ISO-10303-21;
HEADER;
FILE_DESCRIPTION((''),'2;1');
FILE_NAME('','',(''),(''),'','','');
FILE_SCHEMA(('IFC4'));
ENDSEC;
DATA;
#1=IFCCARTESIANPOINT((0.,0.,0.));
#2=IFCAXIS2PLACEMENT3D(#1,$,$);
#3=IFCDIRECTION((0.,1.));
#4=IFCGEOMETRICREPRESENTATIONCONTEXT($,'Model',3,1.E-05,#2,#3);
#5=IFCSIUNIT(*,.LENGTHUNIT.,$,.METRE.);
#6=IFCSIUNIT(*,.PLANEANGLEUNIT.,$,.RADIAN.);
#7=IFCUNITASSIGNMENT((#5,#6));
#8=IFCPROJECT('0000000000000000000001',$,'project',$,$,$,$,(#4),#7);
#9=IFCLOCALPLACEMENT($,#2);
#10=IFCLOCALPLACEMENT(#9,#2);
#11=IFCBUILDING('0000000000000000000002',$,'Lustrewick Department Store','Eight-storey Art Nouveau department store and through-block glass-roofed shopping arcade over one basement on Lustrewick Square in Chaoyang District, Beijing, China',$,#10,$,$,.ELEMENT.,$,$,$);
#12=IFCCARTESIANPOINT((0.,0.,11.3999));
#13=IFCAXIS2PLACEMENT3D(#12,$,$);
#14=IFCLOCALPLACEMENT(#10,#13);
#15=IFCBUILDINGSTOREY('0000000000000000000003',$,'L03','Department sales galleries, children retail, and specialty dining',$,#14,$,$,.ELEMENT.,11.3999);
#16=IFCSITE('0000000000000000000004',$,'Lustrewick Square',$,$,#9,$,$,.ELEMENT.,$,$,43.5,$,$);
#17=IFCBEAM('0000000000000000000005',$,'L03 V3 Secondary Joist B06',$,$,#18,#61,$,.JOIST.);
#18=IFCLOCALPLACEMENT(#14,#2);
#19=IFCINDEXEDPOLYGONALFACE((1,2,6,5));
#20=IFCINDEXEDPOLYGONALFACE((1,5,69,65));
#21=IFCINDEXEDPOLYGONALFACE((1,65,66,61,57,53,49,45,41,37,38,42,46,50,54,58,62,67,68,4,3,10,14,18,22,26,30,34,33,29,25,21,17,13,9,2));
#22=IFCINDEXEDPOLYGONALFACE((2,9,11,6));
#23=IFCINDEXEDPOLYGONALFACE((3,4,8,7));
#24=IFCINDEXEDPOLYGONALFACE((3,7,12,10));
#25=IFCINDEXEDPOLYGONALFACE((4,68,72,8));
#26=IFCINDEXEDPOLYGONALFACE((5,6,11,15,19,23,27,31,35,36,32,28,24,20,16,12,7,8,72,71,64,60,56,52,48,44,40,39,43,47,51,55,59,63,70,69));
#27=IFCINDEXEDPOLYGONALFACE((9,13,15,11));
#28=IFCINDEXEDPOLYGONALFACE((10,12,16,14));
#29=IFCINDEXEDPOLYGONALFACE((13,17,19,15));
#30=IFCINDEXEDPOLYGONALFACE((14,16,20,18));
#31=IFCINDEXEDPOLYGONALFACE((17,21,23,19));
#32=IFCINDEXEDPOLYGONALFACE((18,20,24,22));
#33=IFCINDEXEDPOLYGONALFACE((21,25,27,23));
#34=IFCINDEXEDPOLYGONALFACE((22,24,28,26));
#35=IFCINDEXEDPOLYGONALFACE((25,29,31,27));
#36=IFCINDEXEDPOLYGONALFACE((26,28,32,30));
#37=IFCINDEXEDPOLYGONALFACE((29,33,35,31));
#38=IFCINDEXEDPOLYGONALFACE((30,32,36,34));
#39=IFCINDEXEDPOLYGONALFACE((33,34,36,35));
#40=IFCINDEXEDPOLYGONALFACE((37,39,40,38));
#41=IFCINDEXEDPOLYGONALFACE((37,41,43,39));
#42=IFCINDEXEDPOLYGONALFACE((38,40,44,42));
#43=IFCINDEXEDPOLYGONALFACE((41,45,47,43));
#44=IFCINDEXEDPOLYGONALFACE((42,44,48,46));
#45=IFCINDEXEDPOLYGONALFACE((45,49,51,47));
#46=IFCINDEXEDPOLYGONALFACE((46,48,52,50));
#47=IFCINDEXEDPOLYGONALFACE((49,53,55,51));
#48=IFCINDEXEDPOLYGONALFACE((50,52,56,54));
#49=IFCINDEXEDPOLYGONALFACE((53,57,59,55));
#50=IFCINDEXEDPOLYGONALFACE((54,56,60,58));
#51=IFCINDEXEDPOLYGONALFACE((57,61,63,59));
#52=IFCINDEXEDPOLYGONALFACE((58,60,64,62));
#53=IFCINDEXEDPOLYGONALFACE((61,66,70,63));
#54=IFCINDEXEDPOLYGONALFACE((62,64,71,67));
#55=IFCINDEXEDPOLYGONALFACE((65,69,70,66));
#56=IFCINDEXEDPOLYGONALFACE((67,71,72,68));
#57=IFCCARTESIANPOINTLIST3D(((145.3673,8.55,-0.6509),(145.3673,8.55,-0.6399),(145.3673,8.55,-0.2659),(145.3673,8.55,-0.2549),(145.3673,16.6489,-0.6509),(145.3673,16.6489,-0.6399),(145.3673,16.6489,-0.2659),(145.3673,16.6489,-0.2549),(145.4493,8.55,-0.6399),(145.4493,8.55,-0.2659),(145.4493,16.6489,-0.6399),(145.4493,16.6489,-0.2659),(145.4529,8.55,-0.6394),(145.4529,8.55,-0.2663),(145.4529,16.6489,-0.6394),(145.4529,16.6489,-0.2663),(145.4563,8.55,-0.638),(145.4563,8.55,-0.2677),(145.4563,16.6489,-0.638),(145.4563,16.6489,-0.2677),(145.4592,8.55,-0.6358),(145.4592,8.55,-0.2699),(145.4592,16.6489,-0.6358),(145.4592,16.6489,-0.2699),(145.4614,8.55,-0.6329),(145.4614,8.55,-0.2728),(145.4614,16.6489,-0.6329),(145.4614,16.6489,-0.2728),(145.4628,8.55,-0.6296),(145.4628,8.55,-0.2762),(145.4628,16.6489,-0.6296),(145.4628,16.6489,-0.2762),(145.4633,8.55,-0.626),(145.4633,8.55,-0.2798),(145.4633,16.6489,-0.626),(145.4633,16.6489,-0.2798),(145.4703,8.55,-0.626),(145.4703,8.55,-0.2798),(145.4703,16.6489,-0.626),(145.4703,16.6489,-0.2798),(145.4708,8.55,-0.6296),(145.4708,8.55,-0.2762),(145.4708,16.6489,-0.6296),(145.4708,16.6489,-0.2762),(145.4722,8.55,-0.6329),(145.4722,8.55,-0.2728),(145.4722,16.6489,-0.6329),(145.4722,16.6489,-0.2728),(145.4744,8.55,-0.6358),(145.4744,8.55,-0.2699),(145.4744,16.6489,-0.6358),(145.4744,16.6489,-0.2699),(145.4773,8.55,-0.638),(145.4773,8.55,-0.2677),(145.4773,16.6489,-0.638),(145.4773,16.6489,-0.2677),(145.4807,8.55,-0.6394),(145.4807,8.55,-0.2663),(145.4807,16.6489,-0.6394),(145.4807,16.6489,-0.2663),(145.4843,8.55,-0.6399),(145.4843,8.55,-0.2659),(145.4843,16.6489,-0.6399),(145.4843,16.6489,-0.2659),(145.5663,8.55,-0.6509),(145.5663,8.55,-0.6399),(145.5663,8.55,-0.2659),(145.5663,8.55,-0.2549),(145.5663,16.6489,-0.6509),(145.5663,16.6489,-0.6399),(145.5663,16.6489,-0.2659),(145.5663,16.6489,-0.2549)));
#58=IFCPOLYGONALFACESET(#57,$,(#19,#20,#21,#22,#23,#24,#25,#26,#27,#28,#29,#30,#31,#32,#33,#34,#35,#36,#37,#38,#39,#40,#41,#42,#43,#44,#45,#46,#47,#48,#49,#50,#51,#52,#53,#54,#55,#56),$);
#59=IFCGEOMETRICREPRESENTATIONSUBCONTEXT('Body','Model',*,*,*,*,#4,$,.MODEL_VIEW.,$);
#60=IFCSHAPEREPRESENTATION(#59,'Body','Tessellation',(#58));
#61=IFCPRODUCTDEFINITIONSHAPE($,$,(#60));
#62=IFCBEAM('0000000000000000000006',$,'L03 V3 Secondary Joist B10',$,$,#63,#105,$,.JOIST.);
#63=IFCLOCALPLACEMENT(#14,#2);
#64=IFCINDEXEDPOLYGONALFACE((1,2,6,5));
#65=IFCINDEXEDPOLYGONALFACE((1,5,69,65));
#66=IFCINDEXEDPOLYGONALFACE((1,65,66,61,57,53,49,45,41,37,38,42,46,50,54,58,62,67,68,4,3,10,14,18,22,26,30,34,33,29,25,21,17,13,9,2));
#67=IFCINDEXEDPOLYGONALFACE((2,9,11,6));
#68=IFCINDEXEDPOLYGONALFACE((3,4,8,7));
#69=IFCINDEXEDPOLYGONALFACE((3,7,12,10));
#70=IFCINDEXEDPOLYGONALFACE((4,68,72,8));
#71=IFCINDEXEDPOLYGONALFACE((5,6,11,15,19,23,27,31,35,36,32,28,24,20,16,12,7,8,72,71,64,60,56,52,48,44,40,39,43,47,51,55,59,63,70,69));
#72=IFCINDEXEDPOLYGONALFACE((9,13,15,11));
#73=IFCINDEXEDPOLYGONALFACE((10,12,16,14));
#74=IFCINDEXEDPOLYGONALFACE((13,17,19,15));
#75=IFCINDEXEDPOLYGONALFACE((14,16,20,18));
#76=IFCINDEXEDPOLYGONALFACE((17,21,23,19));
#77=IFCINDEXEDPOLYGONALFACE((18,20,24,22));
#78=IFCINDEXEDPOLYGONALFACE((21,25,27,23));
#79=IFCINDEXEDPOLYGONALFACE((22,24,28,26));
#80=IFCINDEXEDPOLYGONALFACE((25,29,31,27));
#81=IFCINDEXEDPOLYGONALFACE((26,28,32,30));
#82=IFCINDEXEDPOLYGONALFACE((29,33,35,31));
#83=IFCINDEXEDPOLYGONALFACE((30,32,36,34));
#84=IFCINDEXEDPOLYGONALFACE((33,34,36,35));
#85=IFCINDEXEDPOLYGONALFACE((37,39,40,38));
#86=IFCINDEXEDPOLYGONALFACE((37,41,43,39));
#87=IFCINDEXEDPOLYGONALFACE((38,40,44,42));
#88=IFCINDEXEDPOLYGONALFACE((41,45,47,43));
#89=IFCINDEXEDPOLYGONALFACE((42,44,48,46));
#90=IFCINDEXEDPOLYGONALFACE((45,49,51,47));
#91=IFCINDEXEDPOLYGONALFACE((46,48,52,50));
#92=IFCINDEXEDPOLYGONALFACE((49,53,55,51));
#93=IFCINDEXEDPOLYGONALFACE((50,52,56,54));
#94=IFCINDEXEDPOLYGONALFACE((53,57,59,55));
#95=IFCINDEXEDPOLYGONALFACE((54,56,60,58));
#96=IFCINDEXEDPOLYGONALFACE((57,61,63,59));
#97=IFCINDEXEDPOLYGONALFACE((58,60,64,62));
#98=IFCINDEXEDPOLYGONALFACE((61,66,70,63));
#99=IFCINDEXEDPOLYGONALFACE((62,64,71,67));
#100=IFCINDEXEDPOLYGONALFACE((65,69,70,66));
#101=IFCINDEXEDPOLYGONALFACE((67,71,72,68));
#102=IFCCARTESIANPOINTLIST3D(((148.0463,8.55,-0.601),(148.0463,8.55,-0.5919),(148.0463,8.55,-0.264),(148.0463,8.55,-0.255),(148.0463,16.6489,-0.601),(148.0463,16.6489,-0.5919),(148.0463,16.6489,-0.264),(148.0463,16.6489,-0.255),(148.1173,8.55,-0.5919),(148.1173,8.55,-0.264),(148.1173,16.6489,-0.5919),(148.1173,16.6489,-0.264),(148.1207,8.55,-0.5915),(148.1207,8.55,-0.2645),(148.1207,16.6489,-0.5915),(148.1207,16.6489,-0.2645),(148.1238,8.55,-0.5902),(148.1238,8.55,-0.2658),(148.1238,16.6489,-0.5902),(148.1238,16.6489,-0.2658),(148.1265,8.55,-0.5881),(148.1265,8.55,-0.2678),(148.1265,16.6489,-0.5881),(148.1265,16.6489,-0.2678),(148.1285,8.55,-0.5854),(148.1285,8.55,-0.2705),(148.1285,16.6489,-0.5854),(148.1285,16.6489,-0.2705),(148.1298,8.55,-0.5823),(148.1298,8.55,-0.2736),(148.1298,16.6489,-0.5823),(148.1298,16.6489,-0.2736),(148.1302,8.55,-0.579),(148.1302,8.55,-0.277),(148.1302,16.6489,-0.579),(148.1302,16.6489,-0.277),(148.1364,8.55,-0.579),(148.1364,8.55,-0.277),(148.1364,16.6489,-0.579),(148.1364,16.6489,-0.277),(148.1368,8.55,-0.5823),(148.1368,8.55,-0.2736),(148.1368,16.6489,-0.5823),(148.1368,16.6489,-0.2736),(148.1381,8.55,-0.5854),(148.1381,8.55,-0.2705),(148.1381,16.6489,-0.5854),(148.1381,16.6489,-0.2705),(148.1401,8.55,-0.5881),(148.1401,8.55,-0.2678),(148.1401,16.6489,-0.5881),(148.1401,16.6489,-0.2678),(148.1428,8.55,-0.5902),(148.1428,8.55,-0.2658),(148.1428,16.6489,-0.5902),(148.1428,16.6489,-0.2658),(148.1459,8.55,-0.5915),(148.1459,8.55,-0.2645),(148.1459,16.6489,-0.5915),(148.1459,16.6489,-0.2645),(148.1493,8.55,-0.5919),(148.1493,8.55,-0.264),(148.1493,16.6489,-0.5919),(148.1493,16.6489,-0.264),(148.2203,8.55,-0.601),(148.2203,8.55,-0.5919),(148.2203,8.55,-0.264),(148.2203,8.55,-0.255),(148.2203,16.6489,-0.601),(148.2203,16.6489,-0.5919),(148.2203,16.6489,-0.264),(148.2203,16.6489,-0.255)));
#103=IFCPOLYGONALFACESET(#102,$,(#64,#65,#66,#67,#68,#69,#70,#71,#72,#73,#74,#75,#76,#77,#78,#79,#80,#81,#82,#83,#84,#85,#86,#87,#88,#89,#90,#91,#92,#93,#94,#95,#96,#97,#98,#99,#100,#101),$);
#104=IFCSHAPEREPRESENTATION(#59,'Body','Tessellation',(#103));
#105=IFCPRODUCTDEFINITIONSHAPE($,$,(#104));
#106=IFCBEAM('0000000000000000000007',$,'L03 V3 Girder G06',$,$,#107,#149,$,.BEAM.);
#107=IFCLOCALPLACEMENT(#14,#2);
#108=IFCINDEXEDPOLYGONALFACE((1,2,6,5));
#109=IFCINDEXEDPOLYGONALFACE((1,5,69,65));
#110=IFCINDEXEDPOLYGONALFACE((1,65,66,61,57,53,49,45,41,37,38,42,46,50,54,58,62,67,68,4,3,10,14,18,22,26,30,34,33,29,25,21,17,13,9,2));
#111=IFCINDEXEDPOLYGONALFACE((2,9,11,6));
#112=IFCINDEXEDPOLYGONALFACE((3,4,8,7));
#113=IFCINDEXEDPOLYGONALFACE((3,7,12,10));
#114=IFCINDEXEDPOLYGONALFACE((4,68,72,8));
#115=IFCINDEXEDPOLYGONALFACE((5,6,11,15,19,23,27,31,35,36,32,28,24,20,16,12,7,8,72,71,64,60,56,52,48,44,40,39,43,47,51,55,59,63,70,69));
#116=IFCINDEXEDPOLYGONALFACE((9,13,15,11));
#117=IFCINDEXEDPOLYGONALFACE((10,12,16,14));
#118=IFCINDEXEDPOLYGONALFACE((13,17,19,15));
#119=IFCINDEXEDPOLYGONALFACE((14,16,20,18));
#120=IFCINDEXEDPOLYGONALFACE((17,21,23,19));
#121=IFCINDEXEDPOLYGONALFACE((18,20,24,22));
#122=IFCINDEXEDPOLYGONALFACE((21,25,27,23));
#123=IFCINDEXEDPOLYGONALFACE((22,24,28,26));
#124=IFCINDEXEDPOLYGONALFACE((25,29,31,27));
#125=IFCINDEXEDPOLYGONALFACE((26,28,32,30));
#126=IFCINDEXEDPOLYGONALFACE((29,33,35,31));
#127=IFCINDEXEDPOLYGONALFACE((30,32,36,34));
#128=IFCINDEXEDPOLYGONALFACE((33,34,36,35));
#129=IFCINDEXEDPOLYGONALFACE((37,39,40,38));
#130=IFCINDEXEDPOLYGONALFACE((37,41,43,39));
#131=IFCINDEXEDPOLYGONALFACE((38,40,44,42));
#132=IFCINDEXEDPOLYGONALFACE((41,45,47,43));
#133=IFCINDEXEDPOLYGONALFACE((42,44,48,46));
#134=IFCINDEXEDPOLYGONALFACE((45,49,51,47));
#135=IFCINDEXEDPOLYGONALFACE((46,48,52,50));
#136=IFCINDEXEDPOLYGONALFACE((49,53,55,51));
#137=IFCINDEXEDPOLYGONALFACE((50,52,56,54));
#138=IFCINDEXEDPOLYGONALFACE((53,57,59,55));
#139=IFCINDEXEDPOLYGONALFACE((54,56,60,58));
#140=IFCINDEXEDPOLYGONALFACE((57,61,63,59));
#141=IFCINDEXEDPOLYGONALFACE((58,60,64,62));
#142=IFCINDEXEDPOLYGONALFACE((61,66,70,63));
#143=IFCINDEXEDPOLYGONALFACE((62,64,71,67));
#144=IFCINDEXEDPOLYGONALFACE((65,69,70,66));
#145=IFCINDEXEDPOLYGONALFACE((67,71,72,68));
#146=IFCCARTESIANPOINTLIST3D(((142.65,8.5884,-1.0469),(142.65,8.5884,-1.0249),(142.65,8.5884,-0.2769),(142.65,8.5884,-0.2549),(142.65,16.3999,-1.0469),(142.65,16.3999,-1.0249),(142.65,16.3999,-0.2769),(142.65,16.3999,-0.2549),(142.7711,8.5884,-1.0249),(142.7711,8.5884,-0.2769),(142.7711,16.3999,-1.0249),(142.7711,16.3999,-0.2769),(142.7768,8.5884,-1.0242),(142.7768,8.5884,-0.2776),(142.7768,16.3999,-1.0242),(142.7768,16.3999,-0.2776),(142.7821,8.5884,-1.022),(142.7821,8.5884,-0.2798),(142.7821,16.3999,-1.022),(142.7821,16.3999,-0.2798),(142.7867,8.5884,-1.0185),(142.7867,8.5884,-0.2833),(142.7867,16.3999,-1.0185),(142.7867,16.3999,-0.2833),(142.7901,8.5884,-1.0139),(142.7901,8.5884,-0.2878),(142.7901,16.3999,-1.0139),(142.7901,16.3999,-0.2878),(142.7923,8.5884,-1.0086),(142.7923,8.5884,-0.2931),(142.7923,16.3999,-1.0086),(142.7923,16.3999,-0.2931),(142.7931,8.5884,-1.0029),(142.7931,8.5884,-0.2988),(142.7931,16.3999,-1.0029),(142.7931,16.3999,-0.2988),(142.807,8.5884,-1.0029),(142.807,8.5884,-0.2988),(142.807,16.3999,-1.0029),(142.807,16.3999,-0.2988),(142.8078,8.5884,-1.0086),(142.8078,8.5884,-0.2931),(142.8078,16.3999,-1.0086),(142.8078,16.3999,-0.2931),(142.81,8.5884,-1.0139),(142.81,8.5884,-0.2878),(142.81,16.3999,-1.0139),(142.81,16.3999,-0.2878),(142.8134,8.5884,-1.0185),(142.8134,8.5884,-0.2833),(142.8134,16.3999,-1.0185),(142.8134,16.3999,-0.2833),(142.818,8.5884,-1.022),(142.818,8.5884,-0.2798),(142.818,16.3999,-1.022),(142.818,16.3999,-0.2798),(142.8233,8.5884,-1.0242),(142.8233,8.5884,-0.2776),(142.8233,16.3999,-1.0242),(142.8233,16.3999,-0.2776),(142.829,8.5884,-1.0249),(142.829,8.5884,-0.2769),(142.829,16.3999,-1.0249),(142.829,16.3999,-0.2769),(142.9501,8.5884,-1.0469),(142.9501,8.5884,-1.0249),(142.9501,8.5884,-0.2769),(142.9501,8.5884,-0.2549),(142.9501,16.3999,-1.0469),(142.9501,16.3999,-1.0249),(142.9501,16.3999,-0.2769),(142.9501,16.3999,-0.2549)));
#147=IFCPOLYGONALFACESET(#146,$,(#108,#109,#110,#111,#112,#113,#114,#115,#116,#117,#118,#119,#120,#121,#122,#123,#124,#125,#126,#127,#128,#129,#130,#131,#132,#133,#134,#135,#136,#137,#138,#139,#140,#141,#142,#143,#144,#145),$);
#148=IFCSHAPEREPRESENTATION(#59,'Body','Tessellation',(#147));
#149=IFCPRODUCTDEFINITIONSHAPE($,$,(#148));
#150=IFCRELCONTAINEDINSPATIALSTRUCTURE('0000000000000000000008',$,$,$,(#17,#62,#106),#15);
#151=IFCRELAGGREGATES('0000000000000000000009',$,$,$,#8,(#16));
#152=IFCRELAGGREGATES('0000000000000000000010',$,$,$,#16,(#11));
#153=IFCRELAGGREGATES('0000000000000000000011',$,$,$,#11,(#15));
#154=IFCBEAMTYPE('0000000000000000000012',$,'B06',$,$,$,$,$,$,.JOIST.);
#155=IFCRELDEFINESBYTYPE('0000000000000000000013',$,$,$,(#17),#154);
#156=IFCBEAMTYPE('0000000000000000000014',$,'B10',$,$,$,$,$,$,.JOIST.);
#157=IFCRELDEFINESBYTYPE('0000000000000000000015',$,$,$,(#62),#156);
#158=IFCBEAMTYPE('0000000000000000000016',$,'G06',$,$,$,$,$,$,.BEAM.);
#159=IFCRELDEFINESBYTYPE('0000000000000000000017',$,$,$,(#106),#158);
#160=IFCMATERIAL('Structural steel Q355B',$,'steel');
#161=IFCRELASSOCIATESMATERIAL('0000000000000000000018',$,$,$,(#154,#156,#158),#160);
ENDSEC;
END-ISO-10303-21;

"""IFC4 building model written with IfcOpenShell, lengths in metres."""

from ifc_helpers import new_model, si_unit, direction, frame, origin, origin_2d, place, context, subcontext, project, spatial, i_section, extrude, material, material_profile, profile_set, type_object, element, save


model = new_model("IFC4")

# Units and contexts
model_context = context("Model", 3, precision=1e-05, world=origin(), true_north=direction((0.0, 1.0)))
body_context = subcontext(model_context, "Body", "Model", "MODEL_VIEW")
ifc_project = project(units=[si_unit("LENGTHUNIT", "METRE"), si_unit("PLANEANGLEUNIT", "RADIAN")], contexts=[model_context])

# Site, building, storey
site_placement = place(None, origin())
site = spatial("IfcSite", under=ifc_project, at=site_placement, Name="Lustrewick Square", CompositionType="ELEMENT", RefElevation=43.5)
building_placement = place(site_placement, origin())
building = spatial("IfcBuilding", under=site, at=building_placement, Name="Lustrewick Department Store", Description="Eight-storey Art Nouveau department store and through-block glass-roofed shopping arcade over one basement on Lustrewick Square in Chaoyang District, Beijing, China", CompositionType="ELEMENT")
storey_placement = place(building_placement, frame((0.0, 0.0, 11.3999)))
storey = spatial("IfcBuildingStorey", under=building, at=storey_placement, Name="L03", Description="Department sales galleries, children retail, and specialty dining", CompositionType="ELEMENT", Elevation=11.3999)

# Shared definitions
ifc_material_1 = material(Name="Structural steel Q355B", Category="steel")

# Beams
ifc_material_profile_1 = material_profile(ifc_material_1, i_section(OverallWidth=0.199, OverallDepth=0.396, WebThickness=0.0071, FlangeThickness=0.011, FilletRadius=0.0139, at=origin_2d()), Name="HN 396x199x7x11")
ifc_profile_set_1 = profile_set([ifc_material_profile_1], Name="Structural steel Q355B")
beam_type_1 = type_object("IfcBeamType", Name="B06", PredefinedType="JOIST", material=ifc_profile_set_1)
beam_1_placement = place(storey_placement, frame((145.4668, 8.55, -0.4529), z_axis=(0.0, 1.0, 0.0), x_axis=(-1.0, 0.0, 0.0)))
element("IfcBeam", 1, at=beam_1_placement, inside=storey, type_object=beam_type_1, Name="L03 V3 Secondary Joist B06", PredefinedType="JOIST", context=body_context, shape_type="SweptSolid", body=[
    extrude(i_section(OverallWidth=0.199, OverallDepth=0.396, WebThickness=0.0071, FlangeThickness=0.011, FilletRadius=0.0139, at=origin_2d()), origin(), (0.0, 0.0, 1.0), 8.0989),
])
ifc_material_profile_2 = material_profile(ifc_material_1, i_section(OverallWidth=0.1741, OverallDepth=0.3459, WebThickness=0.0061, FlangeThickness=0.009, FilletRadius=0.0129, at=origin_2d()), Name="HN 346x174x6x9")
ifc_profile_set_2 = profile_set([ifc_material_profile_2], Name="Structural steel Q355B")
beam_type_2 = type_object("IfcBeamType", Name="B10", PredefinedType="JOIST", material=ifc_profile_set_2)
beam_2_placement = place(storey_placement, frame((148.1333, 8.55, -0.428), z_axis=(0.0, 1.0, 0.0), x_axis=(-1.0, 0.0, 0.0)))
element("IfcBeam", 2, at=beam_2_placement, inside=storey, type_object=beam_type_2, Name="L03 V3 Secondary Joist B10", PredefinedType="JOIST", context=body_context, shape_type="SweptSolid", body=[
    extrude(i_section(OverallWidth=0.1741, OverallDepth=0.3459, WebThickness=0.0061, FlangeThickness=0.009, FilletRadius=0.0129, at=origin_2d()), origin(), (0.0, 0.0, 1.0), 8.0989),
])
ifc_material_profile_3 = material_profile(ifc_material_1, i_section(OverallWidth=0.3, OverallDepth=0.792, WebThickness=0.0139, FlangeThickness=0.022, FilletRadius=0.022, at=origin_2d()), Name="HN 792x300x14x22")
ifc_profile_set_3 = profile_set([ifc_material_profile_3], Name="Structural steel Q355B")
beam_type_3 = type_object("IfcBeamType", Name="G06", PredefinedType="BEAM", material=ifc_profile_set_3)
beam_3_placement = place(storey_placement, frame((142.8, 8.5884, -0.6509), z_axis=(0.0, 1.0, 0.0), x_axis=(-1.0, 0.0, 0.0)))
element("IfcBeam", 3, at=beam_3_placement, inside=storey, type_object=beam_type_3, Name="L03 V3 Girder G06", PredefinedType="BEAM", context=body_context, shape_type="SweptSolid", body=[
    extrude(i_section(OverallWidth=0.3, OverallDepth=0.792, WebThickness=0.0139, FlangeThickness=0.022, FilletRadius=0.022, at=origin_2d()), origin(), (0.0, 0.0, 1.0), 7.8115),
])

save(model, "model.ifc")
